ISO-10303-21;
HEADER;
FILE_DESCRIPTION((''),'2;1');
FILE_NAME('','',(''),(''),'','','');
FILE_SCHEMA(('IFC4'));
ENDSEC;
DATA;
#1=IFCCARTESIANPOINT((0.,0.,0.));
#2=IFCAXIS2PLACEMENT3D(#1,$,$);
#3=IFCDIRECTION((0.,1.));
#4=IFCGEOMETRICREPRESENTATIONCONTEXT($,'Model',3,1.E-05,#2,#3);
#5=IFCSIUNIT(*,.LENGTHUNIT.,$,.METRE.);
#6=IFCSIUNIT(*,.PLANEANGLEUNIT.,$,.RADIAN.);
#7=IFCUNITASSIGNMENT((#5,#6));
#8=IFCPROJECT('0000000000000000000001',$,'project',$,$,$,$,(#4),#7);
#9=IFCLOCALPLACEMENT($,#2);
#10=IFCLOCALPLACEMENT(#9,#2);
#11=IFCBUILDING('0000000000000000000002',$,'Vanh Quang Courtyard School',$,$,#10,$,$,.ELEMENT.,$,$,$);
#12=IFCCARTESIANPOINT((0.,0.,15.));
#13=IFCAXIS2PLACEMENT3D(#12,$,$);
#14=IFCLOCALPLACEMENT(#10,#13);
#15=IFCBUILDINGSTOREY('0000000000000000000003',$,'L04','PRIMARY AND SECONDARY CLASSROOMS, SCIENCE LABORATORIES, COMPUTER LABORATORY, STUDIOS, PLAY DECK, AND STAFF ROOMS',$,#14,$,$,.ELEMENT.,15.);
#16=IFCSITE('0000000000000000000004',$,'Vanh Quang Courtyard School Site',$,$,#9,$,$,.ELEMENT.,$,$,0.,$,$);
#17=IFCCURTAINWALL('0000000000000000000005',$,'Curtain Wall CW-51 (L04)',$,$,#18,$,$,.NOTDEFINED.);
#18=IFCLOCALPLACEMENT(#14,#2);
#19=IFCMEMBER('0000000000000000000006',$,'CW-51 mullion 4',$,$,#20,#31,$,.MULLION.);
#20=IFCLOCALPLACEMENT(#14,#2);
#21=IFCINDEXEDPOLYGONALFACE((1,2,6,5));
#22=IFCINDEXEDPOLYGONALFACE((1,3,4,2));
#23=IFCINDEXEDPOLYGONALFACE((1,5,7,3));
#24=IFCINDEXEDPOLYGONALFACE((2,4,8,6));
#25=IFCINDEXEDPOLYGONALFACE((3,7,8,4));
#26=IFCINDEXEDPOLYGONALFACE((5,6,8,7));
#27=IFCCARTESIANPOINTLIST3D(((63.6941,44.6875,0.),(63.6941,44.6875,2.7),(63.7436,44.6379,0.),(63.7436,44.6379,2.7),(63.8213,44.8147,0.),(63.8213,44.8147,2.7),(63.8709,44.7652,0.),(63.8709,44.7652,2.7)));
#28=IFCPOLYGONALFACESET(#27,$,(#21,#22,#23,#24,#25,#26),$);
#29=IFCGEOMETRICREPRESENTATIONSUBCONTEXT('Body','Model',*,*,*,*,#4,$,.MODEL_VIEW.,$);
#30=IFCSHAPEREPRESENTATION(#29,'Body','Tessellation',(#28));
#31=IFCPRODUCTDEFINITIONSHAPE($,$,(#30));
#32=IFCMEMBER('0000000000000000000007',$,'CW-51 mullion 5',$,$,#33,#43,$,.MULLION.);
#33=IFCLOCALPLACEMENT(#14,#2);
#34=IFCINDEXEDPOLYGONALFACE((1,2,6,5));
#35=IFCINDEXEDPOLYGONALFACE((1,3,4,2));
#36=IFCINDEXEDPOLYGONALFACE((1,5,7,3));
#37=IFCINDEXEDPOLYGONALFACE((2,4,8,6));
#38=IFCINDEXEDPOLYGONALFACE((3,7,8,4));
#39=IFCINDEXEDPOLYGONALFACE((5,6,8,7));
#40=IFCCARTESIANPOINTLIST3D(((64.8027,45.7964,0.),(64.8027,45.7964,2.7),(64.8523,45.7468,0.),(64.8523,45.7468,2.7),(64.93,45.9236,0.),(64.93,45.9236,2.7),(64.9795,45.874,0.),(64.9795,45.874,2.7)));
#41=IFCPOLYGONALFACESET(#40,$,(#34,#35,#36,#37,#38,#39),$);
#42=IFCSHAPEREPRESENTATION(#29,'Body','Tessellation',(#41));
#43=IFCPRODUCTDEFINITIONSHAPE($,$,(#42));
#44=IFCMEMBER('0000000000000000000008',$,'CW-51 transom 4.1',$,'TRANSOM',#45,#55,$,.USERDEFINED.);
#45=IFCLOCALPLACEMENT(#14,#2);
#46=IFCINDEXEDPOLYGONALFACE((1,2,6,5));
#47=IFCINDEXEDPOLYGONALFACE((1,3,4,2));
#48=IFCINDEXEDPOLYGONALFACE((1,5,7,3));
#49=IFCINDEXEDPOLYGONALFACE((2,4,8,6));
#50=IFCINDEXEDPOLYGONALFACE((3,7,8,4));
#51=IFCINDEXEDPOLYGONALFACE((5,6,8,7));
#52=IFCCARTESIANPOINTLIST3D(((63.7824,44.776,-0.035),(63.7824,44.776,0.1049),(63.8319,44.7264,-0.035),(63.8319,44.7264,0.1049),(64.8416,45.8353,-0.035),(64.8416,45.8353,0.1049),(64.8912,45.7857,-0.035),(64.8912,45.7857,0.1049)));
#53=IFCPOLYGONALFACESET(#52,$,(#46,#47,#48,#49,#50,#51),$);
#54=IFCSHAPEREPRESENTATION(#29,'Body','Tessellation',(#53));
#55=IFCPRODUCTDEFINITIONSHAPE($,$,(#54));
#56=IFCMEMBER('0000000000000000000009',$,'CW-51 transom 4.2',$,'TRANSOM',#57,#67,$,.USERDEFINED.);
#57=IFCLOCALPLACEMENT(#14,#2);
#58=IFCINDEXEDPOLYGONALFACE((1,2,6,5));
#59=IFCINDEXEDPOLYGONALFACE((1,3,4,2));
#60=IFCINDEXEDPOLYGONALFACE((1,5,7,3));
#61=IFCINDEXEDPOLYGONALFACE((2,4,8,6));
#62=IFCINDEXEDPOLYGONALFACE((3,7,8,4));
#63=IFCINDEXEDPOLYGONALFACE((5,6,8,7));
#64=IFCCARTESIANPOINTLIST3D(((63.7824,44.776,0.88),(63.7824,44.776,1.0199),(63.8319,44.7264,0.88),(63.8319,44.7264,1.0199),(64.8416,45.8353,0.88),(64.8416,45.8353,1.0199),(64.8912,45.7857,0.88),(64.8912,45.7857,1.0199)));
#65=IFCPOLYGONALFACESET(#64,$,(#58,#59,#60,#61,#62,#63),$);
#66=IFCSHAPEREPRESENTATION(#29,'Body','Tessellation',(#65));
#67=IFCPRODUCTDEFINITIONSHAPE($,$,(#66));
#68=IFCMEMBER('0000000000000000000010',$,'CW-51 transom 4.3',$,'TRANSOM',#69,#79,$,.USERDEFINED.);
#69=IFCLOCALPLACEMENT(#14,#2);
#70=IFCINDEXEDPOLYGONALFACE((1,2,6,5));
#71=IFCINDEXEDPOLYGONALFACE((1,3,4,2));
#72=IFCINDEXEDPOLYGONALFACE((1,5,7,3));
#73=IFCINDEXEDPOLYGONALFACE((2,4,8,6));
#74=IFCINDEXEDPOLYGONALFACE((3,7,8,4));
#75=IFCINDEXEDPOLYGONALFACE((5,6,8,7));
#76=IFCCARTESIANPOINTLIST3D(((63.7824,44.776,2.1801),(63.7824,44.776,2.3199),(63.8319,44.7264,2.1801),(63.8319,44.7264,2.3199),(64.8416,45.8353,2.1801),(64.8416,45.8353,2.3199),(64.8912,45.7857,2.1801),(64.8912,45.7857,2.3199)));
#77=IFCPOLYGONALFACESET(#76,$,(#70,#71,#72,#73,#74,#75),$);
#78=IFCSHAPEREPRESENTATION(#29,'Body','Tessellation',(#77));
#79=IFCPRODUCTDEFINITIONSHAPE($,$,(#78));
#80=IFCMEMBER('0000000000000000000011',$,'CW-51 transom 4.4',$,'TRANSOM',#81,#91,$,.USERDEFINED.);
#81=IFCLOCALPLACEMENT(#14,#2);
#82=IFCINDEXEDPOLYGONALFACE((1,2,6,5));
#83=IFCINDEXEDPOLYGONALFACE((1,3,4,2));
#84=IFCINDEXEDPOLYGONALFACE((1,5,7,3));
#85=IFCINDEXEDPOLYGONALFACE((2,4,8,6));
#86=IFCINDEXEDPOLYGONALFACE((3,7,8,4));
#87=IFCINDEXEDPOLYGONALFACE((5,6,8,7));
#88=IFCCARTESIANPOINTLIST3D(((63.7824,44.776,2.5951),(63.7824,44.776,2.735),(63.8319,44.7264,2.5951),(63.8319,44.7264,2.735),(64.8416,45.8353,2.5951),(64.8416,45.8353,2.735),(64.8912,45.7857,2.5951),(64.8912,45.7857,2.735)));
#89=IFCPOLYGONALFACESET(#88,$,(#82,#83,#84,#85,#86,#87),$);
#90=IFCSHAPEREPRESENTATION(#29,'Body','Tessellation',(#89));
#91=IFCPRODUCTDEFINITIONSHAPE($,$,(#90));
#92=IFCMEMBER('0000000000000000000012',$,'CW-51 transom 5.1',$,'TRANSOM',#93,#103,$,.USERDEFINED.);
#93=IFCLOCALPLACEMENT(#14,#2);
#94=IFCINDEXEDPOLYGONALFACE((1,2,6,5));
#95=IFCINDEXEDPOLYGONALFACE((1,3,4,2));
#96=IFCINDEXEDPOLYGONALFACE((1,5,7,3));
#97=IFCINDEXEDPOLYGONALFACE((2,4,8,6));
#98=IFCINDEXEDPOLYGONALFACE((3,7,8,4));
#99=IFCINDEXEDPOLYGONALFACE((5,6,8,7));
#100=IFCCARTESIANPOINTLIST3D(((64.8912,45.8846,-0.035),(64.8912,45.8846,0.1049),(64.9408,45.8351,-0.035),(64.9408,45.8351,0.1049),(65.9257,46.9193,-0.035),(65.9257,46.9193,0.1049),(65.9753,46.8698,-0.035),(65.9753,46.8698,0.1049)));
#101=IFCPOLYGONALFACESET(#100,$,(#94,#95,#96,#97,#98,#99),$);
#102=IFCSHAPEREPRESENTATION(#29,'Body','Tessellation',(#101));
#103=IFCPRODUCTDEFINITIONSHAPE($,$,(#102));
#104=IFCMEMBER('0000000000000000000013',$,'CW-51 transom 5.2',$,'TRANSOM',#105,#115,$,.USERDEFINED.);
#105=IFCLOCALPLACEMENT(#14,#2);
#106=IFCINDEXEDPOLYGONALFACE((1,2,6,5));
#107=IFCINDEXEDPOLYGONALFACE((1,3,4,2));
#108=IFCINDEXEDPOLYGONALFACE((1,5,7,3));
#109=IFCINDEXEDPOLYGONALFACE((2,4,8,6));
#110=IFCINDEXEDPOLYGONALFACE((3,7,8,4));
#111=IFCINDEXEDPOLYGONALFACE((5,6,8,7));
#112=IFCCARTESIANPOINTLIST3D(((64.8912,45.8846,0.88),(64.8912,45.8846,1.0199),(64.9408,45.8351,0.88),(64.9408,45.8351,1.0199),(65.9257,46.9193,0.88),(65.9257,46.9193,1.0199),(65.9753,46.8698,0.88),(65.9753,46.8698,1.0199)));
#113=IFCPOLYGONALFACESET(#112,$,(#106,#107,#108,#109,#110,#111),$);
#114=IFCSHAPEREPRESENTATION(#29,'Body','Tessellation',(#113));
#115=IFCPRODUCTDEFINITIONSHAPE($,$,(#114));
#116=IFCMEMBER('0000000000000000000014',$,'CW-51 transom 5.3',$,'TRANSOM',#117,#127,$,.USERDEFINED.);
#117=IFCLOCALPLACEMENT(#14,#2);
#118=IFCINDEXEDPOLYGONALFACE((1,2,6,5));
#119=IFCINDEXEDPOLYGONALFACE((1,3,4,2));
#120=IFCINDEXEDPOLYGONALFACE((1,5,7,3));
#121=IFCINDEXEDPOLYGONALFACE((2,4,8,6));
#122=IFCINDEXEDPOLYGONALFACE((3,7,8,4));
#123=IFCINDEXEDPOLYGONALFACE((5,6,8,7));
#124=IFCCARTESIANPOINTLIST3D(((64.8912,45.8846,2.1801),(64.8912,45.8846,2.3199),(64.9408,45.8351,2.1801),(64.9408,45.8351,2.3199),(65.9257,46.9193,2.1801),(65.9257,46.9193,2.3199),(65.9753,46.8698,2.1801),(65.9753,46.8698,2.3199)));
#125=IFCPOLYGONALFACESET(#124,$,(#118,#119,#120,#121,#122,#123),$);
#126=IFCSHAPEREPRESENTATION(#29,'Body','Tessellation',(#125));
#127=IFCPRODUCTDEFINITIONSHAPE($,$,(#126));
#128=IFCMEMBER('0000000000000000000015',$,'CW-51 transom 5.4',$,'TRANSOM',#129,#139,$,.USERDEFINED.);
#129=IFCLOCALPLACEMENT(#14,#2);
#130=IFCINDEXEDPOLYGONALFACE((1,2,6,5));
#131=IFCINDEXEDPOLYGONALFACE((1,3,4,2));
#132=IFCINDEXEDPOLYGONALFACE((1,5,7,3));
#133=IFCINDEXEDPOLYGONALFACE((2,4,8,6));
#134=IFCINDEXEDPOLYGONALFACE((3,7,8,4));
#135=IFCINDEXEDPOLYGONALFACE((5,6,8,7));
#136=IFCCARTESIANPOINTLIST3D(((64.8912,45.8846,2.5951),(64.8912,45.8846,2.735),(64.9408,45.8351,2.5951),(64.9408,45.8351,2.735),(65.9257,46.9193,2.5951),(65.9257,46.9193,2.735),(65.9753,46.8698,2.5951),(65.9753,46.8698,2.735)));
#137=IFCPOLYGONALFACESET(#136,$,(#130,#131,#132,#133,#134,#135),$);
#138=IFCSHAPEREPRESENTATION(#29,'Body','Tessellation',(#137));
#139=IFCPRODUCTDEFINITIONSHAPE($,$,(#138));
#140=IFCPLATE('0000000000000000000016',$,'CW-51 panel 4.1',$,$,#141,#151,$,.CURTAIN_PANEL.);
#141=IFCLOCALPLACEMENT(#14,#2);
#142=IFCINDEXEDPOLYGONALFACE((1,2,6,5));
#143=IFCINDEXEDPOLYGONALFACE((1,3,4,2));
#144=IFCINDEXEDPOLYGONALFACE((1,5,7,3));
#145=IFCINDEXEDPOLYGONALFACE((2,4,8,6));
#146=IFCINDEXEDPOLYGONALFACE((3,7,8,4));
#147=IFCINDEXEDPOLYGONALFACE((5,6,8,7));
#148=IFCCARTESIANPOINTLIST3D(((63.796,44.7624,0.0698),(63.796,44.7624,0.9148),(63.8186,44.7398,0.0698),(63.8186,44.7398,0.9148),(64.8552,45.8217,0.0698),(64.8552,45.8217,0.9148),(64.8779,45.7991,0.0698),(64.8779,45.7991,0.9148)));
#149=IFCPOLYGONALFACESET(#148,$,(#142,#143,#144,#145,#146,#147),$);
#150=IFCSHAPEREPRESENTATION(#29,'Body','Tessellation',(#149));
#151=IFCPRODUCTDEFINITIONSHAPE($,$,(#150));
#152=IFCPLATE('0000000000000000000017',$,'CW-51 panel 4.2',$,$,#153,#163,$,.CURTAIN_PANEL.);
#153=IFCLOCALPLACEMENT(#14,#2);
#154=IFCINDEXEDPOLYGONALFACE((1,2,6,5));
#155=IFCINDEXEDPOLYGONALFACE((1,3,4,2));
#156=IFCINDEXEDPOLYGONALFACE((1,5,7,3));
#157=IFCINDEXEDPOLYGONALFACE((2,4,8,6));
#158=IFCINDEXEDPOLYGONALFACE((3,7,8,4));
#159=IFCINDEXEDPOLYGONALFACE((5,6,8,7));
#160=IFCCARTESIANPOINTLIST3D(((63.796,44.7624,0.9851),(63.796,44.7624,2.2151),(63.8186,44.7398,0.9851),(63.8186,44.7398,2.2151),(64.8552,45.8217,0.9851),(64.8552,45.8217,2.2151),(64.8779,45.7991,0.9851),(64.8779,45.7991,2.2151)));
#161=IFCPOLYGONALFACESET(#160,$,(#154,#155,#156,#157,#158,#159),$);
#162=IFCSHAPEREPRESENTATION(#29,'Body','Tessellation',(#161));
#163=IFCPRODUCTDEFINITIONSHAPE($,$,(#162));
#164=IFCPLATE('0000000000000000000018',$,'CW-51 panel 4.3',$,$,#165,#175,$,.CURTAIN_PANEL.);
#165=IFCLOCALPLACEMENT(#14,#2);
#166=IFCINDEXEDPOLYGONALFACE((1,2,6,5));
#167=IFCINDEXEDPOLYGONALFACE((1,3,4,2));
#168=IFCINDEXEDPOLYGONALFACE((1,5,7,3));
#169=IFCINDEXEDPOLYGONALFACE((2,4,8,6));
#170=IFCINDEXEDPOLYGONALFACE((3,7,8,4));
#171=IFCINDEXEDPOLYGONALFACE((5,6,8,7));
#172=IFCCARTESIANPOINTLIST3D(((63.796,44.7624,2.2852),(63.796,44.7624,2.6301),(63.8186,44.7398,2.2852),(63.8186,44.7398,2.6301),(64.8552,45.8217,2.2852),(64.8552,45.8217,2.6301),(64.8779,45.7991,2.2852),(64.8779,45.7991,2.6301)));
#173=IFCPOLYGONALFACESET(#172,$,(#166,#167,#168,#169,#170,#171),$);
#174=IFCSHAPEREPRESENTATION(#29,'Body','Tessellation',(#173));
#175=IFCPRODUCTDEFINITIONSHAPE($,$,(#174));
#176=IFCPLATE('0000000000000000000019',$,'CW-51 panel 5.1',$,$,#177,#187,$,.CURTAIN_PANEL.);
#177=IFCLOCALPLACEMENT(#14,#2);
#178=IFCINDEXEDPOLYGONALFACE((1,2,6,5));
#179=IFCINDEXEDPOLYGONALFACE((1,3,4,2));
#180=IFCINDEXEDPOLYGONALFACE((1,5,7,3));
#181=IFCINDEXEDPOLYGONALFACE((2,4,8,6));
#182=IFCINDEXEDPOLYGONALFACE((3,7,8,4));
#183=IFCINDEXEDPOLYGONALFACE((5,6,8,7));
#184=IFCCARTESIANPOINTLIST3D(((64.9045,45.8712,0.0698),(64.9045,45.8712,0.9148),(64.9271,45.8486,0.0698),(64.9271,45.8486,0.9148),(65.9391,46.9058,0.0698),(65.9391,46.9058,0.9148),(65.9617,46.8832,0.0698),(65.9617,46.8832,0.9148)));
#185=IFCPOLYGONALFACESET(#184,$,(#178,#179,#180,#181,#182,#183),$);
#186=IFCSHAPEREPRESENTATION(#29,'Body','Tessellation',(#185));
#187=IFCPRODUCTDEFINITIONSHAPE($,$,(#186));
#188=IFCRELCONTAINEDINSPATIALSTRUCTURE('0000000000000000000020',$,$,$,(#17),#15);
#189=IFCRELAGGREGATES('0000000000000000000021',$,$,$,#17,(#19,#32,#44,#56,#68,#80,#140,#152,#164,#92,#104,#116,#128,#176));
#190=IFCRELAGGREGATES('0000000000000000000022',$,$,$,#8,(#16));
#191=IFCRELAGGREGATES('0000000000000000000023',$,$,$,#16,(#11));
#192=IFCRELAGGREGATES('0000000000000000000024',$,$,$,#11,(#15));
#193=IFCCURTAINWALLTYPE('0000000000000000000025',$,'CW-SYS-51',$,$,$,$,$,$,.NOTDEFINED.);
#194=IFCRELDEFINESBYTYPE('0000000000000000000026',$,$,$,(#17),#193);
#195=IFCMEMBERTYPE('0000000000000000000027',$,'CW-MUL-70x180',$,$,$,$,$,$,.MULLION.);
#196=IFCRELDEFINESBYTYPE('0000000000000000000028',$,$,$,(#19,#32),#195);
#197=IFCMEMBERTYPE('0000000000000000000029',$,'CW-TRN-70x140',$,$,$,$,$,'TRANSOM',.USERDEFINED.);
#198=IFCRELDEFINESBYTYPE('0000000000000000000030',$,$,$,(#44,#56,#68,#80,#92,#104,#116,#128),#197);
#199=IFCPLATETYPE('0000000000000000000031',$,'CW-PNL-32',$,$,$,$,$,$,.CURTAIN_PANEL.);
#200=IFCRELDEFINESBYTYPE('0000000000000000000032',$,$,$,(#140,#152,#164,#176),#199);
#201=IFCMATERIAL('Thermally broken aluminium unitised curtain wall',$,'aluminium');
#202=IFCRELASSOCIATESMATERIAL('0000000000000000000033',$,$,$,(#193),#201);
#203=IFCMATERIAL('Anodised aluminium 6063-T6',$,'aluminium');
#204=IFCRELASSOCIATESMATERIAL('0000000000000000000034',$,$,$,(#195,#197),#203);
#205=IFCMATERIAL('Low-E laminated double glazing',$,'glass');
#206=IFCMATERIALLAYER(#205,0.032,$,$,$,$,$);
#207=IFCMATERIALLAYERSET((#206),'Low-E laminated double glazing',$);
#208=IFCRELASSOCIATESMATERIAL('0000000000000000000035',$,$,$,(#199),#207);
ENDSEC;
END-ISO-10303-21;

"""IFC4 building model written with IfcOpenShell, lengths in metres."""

from ifc_helpers import new_model, si_unit, direction, frame, origin, origin_2d, place, context, subcontext, project, spatial, rectangle, extrude, material, layer, layer_set, material_profile, profile_set, type_object, element, aggregate, save


model = new_model("IFC4")

# Units and contexts
model_context = context("Model", 3, precision=1e-05, world=origin(), true_north=direction((0.0, 1.0)))
body_context = subcontext(model_context, "Body", "Model", "MODEL_VIEW")
ifc_project = project(units=[si_unit("LENGTHUNIT", "METRE"), si_unit("PLANEANGLEUNIT", "RADIAN")], contexts=[model_context])

# Site, building, storey
site_placement = place(None, origin())
site = spatial("IfcSite", under=ifc_project, at=site_placement, Name="Vanh Quang Courtyard School Site", CompositionType="ELEMENT", RefElevation=0.0)
building_placement = place(site_placement, origin())
building = spatial("IfcBuilding", under=site, at=building_placement, Name="Vanh Quang Courtyard School", CompositionType="ELEMENT")
storey_placement = place(building_placement, frame((0.0, 0.0, 15.0)))
storey = spatial("IfcBuildingStorey", under=building, at=storey_placement, Name="L04", Description="PRIMARY AND SECONDARY CLASSROOMS, SCIENCE LABORATORIES, COMPUTER LABORATORY, STUDIOS, PLAY DECK, AND STAFF ROOMS", CompositionType="ELEMENT", Elevation=15.0)

# Curtain wall, members, plates
ifc_material_1 = material(Name="Thermally broken aluminium unitised curtain wall", Category="aluminium")
curtain_wall_type = type_object("IfcCurtainWallType", Name="CW-SYS-51", PredefinedType="NOTDEFINED", material=ifc_material_1)
curtain_wall_placement = place(storey_placement, origin())
curtain_wall = element("IfcCurtainWall", 1, at=curtain_wall_placement, inside=storey, type_object=curtain_wall_type, Name="Curtain Wall CW-51 (L04)", PredefinedType="NOTDEFINED")
ifc_material_2 = material(Name="Anodised aluminium 6063-T6", Category="aluminium")
ifc_material_profile_1 = material_profile(ifc_material_2, rectangle(XDim=0.0701, YDim=0.1799, at=origin_2d()), Name="ALU-MUL 70x180")
ifc_profile_set_1 = profile_set([ifc_material_profile_1], Name="Anodised aluminium 6063-T6")
member_type_1 = type_object("IfcMemberType", Name="CW-MUL-70x180", PredefinedType="MULLION", material=ifc_profile_set_1)
member_1_placement = place(storey_placement, frame((63.7825, 44.7263, 0.0), z_axis=(0.0, 0.0, 1.0), x_axis=(-0.707107, 0.707107, 0.0)))
member_1 = element("IfcMember", 2, at=member_1_placement, type_object=member_type_1, Name="CW-51 mullion 4", PredefinedType="MULLION", context=body_context, shape_type="SweptSolid", body=[
    extrude(rectangle(XDim=0.0701, YDim=0.1799, at=origin_2d()), origin(), (0.0, 0.0, 1.0), 2.7),
])
member_2_placement = place(storey_placement, frame((64.8911, 45.8352, 0.0), z_axis=(0.0, 0.0, 1.0), x_axis=(-0.707107, 0.707107, 0.0)))
member_2 = element("IfcMember", 3, at=member_2_placement, type_object=member_type_1, Name="CW-51 mullion 5", PredefinedType="MULLION", context=body_context, shape_type="SweptSolid", body=[
    extrude(rectangle(XDim=0.0701, YDim=0.1799, at=origin_2d()), origin(), (0.0, 0.0, 1.0), 2.7),
])
ifc_material_profile_2 = material_profile(ifc_material_2, rectangle(XDim=0.0701, YDim=0.1399, at=origin_2d()), Name="ALU-TRN 70x140")
ifc_profile_set_2 = profile_set([ifc_material_profile_2], Name="Anodised aluminium 6063-T6")
member_type_2 = type_object("IfcMemberType", Name="CW-TRN-70x140", ElementType="TRANSOM", PredefinedType="USERDEFINED", material=ifc_profile_set_2)
member_3_placement = place(storey_placement, frame((63.8071, 44.7512, 0.0349), z_axis=(0.707107, 0.707107, 0.0), x_axis=(-0.707107, 0.707107, 0.0)))
member_3 = element("IfcMember", 4, at=member_3_placement, type_object=member_type_2, Name="CW-51 transom 4.1", ObjectType="TRANSOM", PredefinedType="USERDEFINED", context=body_context, shape_type="SweptSolid", body=[
    extrude(rectangle(XDim=0.0701, YDim=0.1399, at=origin_2d()), origin(), (0.0, 0.0, 1.0), 1.498),
])
member_4_placement = place(storey_placement, frame((63.8071, 44.7512, 0.95), z_axis=(0.707107, 0.707107, 0.0), x_axis=(-0.707107, 0.707107, 0.0)))
member_4 = element("IfcMember", 5, at=member_4_placement, type_object=member_type_2, Name="CW-51 transom 4.2", ObjectType="TRANSOM", PredefinedType="USERDEFINED", context=body_context, shape_type="SweptSolid", body=[
    extrude(rectangle(XDim=0.0701, YDim=0.1399, at=origin_2d()), origin(), (0.0, 0.0, 1.0), 1.498),
])
member_5_placement = place(storey_placement, frame((63.8071, 44.7512, 2.25), z_axis=(0.707107, 0.707107, 0.0), x_axis=(-0.707107, 0.707107, 0.0)))
member_5 = element("IfcMember", 6, at=member_5_placement, type_object=member_type_2, Name="CW-51 transom 4.3", ObjectType="TRANSOM", PredefinedType="USERDEFINED", context=body_context, shape_type="SweptSolid", body=[
    extrude(rectangle(XDim=0.0701, YDim=0.1399, at=origin_2d()), origin(), (0.0, 0.0, 1.0), 1.498),
])
member_6_placement = place(storey_placement, frame((63.8071, 44.7512, 2.665), z_axis=(0.707107, 0.707107, 0.0), x_axis=(-0.707107, 0.707107, 0.0)))
member_6 = element("IfcMember", 7, at=member_6_placement, type_object=member_type_2, Name="CW-51 transom 4.4", ObjectType="TRANSOM", PredefinedType="USERDEFINED", context=body_context, shape_type="SweptSolid", body=[
    extrude(rectangle(XDim=0.0701, YDim=0.1399, at=origin_2d()), origin(), (0.0, 0.0, 1.0), 1.498),
])
member_7_placement = place(storey_placement, frame((64.916, 45.8599, 0.0349), z_axis=(0.707023, 0.70719, 0.0), x_axis=(-0.70719, 0.707023, 0.0)))
member_7 = element("IfcMember", 8, at=member_7_placement, type_object=member_type_2, Name="CW-51 transom 5.1", ObjectType="TRANSOM", PredefinedType="USERDEFINED", context=body_context, shape_type="SweptSolid", body=[
    extrude(rectangle(XDim=0.0701, YDim=0.1399, at=origin_2d()), origin(), (0.0, 0.0, 1.0), 1.4631),
])
member_8_placement = place(storey_placement, frame((64.916, 45.8599, 0.95), z_axis=(0.707023, 0.70719, 0.0), x_axis=(-0.70719, 0.707023, 0.0)))
member_8 = element("IfcMember", 9, at=member_8_placement, type_object=member_type_2, Name="CW-51 transom 5.2", ObjectType="TRANSOM", PredefinedType="USERDEFINED", context=body_context, shape_type="SweptSolid", body=[
    extrude(rectangle(XDim=0.0701, YDim=0.1399, at=origin_2d()), origin(), (0.0, 0.0, 1.0), 1.4631),
])
member_9_placement = place(storey_placement, frame((64.916, 45.8599, 2.25), z_axis=(0.707023, 0.70719, 0.0), x_axis=(-0.70719, 0.707023, 0.0)))
member_9 = element("IfcMember", 10, at=member_9_placement, type_object=member_type_2, Name="CW-51 transom 5.3", ObjectType="TRANSOM", PredefinedType="USERDEFINED", context=body_context, shape_type="SweptSolid", body=[
    extrude(rectangle(XDim=0.0701, YDim=0.1399, at=origin_2d()), origin(), (0.0, 0.0, 1.0), 1.4631),
])
member_10_placement = place(storey_placement, frame((64.916, 45.8599, 2.665), z_axis=(0.707023, 0.70719, 0.0), x_axis=(-0.70719, 0.707023, 0.0)))
member_10 = element("IfcMember", 11, at=member_10_placement, type_object=member_type_2, Name="CW-51 transom 5.4", ObjectType="TRANSOM", PredefinedType="USERDEFINED", context=body_context, shape_type="SweptSolid", body=[
    extrude(rectangle(XDim=0.0701, YDim=0.1399, at=origin_2d()), origin(), (0.0, 0.0, 1.0), 1.4631),
])
ifc_material_3 = material(Name="Low-E laminated double glazing", Category="glass")
ifc_layer_1 = layer(ifc_material_3, 0.032)
ifc_layer_set_1 = layer_set([ifc_layer_1], Name="Low-E laminated double glazing")
plate_type = type_object("IfcPlateType", Name="CW-PNL-32", PredefinedType="CURTAIN_PANEL", material=ifc_layer_set_1)
plate_1_placement = place(storey_placement, frame((64.3369, 45.2808, 0.0698), z_axis=(0.0, 0.0, 1.0), x_axis=(0.707107, 0.707107, 0.0)))
plate_1 = element("IfcPlate", 12, at=plate_1_placement, type_object=plate_type, Name="CW-51 panel 4.1", PredefinedType="CURTAIN_PANEL", context=body_context, shape_type="SweptSolid", body=[
    extrude(rectangle(XDim=1.498, YDim=0.032, at=origin_2d()), origin(), (0.0, 0.0, 1.0), 0.845),
])
plate_2_placement = place(storey_placement, frame((64.3369, 45.2808, 0.9851), z_axis=(0.0, 0.0, 1.0), x_axis=(0.707107, 0.707107, 0.0)))
plate_2 = element("IfcPlate", 13, at=plate_2_placement, type_object=plate_type, Name="CW-51 panel 4.2", PredefinedType="CURTAIN_PANEL", context=body_context, shape_type="SweptSolid", body=[
    extrude(rectangle(XDim=1.498, YDim=0.032, at=origin_2d()), origin(), (0.0, 0.0, 1.0), 1.23),
])
plate_3_placement = place(storey_placement, frame((64.3369, 45.2808, 2.2852), z_axis=(0.0, 0.0, 1.0), x_axis=(0.707107, 0.707107, 0.0)))
plate_3 = element("IfcPlate", 14, at=plate_3_placement, type_object=plate_type, Name="CW-51 panel 4.3", PredefinedType="CURTAIN_PANEL", context=body_context, shape_type="SweptSolid", body=[
    extrude(rectangle(XDim=1.498, YDim=0.032, at=origin_2d()), origin(), (0.0, 0.0, 1.0), 0.345),
])
plate_4_placement = place(storey_placement, frame((65.4331, 46.3772, 0.0698), z_axis=(0.0, 0.0, 1.0), x_axis=(0.707107, 0.707107, 0.0)))
plate_4 = element("IfcPlate", 15, at=plate_4_placement, type_object=plate_type, Name="CW-51 panel 5.1", PredefinedType="CURTAIN_PANEL", context=body_context, shape_type="SweptSolid", body=[
    extrude(rectangle(XDim=1.4631, YDim=0.032, at=origin_2d()), origin(), (0.0, 0.0, 1.0), 0.845),
])
aggregate(curtain_wall, [member_1, member_2, member_3, member_4, member_5, member_6, plate_1, plate_2, plate_3, member_7, member_8, member_9, member_10, plate_4])

save(model, "model.ifc")
